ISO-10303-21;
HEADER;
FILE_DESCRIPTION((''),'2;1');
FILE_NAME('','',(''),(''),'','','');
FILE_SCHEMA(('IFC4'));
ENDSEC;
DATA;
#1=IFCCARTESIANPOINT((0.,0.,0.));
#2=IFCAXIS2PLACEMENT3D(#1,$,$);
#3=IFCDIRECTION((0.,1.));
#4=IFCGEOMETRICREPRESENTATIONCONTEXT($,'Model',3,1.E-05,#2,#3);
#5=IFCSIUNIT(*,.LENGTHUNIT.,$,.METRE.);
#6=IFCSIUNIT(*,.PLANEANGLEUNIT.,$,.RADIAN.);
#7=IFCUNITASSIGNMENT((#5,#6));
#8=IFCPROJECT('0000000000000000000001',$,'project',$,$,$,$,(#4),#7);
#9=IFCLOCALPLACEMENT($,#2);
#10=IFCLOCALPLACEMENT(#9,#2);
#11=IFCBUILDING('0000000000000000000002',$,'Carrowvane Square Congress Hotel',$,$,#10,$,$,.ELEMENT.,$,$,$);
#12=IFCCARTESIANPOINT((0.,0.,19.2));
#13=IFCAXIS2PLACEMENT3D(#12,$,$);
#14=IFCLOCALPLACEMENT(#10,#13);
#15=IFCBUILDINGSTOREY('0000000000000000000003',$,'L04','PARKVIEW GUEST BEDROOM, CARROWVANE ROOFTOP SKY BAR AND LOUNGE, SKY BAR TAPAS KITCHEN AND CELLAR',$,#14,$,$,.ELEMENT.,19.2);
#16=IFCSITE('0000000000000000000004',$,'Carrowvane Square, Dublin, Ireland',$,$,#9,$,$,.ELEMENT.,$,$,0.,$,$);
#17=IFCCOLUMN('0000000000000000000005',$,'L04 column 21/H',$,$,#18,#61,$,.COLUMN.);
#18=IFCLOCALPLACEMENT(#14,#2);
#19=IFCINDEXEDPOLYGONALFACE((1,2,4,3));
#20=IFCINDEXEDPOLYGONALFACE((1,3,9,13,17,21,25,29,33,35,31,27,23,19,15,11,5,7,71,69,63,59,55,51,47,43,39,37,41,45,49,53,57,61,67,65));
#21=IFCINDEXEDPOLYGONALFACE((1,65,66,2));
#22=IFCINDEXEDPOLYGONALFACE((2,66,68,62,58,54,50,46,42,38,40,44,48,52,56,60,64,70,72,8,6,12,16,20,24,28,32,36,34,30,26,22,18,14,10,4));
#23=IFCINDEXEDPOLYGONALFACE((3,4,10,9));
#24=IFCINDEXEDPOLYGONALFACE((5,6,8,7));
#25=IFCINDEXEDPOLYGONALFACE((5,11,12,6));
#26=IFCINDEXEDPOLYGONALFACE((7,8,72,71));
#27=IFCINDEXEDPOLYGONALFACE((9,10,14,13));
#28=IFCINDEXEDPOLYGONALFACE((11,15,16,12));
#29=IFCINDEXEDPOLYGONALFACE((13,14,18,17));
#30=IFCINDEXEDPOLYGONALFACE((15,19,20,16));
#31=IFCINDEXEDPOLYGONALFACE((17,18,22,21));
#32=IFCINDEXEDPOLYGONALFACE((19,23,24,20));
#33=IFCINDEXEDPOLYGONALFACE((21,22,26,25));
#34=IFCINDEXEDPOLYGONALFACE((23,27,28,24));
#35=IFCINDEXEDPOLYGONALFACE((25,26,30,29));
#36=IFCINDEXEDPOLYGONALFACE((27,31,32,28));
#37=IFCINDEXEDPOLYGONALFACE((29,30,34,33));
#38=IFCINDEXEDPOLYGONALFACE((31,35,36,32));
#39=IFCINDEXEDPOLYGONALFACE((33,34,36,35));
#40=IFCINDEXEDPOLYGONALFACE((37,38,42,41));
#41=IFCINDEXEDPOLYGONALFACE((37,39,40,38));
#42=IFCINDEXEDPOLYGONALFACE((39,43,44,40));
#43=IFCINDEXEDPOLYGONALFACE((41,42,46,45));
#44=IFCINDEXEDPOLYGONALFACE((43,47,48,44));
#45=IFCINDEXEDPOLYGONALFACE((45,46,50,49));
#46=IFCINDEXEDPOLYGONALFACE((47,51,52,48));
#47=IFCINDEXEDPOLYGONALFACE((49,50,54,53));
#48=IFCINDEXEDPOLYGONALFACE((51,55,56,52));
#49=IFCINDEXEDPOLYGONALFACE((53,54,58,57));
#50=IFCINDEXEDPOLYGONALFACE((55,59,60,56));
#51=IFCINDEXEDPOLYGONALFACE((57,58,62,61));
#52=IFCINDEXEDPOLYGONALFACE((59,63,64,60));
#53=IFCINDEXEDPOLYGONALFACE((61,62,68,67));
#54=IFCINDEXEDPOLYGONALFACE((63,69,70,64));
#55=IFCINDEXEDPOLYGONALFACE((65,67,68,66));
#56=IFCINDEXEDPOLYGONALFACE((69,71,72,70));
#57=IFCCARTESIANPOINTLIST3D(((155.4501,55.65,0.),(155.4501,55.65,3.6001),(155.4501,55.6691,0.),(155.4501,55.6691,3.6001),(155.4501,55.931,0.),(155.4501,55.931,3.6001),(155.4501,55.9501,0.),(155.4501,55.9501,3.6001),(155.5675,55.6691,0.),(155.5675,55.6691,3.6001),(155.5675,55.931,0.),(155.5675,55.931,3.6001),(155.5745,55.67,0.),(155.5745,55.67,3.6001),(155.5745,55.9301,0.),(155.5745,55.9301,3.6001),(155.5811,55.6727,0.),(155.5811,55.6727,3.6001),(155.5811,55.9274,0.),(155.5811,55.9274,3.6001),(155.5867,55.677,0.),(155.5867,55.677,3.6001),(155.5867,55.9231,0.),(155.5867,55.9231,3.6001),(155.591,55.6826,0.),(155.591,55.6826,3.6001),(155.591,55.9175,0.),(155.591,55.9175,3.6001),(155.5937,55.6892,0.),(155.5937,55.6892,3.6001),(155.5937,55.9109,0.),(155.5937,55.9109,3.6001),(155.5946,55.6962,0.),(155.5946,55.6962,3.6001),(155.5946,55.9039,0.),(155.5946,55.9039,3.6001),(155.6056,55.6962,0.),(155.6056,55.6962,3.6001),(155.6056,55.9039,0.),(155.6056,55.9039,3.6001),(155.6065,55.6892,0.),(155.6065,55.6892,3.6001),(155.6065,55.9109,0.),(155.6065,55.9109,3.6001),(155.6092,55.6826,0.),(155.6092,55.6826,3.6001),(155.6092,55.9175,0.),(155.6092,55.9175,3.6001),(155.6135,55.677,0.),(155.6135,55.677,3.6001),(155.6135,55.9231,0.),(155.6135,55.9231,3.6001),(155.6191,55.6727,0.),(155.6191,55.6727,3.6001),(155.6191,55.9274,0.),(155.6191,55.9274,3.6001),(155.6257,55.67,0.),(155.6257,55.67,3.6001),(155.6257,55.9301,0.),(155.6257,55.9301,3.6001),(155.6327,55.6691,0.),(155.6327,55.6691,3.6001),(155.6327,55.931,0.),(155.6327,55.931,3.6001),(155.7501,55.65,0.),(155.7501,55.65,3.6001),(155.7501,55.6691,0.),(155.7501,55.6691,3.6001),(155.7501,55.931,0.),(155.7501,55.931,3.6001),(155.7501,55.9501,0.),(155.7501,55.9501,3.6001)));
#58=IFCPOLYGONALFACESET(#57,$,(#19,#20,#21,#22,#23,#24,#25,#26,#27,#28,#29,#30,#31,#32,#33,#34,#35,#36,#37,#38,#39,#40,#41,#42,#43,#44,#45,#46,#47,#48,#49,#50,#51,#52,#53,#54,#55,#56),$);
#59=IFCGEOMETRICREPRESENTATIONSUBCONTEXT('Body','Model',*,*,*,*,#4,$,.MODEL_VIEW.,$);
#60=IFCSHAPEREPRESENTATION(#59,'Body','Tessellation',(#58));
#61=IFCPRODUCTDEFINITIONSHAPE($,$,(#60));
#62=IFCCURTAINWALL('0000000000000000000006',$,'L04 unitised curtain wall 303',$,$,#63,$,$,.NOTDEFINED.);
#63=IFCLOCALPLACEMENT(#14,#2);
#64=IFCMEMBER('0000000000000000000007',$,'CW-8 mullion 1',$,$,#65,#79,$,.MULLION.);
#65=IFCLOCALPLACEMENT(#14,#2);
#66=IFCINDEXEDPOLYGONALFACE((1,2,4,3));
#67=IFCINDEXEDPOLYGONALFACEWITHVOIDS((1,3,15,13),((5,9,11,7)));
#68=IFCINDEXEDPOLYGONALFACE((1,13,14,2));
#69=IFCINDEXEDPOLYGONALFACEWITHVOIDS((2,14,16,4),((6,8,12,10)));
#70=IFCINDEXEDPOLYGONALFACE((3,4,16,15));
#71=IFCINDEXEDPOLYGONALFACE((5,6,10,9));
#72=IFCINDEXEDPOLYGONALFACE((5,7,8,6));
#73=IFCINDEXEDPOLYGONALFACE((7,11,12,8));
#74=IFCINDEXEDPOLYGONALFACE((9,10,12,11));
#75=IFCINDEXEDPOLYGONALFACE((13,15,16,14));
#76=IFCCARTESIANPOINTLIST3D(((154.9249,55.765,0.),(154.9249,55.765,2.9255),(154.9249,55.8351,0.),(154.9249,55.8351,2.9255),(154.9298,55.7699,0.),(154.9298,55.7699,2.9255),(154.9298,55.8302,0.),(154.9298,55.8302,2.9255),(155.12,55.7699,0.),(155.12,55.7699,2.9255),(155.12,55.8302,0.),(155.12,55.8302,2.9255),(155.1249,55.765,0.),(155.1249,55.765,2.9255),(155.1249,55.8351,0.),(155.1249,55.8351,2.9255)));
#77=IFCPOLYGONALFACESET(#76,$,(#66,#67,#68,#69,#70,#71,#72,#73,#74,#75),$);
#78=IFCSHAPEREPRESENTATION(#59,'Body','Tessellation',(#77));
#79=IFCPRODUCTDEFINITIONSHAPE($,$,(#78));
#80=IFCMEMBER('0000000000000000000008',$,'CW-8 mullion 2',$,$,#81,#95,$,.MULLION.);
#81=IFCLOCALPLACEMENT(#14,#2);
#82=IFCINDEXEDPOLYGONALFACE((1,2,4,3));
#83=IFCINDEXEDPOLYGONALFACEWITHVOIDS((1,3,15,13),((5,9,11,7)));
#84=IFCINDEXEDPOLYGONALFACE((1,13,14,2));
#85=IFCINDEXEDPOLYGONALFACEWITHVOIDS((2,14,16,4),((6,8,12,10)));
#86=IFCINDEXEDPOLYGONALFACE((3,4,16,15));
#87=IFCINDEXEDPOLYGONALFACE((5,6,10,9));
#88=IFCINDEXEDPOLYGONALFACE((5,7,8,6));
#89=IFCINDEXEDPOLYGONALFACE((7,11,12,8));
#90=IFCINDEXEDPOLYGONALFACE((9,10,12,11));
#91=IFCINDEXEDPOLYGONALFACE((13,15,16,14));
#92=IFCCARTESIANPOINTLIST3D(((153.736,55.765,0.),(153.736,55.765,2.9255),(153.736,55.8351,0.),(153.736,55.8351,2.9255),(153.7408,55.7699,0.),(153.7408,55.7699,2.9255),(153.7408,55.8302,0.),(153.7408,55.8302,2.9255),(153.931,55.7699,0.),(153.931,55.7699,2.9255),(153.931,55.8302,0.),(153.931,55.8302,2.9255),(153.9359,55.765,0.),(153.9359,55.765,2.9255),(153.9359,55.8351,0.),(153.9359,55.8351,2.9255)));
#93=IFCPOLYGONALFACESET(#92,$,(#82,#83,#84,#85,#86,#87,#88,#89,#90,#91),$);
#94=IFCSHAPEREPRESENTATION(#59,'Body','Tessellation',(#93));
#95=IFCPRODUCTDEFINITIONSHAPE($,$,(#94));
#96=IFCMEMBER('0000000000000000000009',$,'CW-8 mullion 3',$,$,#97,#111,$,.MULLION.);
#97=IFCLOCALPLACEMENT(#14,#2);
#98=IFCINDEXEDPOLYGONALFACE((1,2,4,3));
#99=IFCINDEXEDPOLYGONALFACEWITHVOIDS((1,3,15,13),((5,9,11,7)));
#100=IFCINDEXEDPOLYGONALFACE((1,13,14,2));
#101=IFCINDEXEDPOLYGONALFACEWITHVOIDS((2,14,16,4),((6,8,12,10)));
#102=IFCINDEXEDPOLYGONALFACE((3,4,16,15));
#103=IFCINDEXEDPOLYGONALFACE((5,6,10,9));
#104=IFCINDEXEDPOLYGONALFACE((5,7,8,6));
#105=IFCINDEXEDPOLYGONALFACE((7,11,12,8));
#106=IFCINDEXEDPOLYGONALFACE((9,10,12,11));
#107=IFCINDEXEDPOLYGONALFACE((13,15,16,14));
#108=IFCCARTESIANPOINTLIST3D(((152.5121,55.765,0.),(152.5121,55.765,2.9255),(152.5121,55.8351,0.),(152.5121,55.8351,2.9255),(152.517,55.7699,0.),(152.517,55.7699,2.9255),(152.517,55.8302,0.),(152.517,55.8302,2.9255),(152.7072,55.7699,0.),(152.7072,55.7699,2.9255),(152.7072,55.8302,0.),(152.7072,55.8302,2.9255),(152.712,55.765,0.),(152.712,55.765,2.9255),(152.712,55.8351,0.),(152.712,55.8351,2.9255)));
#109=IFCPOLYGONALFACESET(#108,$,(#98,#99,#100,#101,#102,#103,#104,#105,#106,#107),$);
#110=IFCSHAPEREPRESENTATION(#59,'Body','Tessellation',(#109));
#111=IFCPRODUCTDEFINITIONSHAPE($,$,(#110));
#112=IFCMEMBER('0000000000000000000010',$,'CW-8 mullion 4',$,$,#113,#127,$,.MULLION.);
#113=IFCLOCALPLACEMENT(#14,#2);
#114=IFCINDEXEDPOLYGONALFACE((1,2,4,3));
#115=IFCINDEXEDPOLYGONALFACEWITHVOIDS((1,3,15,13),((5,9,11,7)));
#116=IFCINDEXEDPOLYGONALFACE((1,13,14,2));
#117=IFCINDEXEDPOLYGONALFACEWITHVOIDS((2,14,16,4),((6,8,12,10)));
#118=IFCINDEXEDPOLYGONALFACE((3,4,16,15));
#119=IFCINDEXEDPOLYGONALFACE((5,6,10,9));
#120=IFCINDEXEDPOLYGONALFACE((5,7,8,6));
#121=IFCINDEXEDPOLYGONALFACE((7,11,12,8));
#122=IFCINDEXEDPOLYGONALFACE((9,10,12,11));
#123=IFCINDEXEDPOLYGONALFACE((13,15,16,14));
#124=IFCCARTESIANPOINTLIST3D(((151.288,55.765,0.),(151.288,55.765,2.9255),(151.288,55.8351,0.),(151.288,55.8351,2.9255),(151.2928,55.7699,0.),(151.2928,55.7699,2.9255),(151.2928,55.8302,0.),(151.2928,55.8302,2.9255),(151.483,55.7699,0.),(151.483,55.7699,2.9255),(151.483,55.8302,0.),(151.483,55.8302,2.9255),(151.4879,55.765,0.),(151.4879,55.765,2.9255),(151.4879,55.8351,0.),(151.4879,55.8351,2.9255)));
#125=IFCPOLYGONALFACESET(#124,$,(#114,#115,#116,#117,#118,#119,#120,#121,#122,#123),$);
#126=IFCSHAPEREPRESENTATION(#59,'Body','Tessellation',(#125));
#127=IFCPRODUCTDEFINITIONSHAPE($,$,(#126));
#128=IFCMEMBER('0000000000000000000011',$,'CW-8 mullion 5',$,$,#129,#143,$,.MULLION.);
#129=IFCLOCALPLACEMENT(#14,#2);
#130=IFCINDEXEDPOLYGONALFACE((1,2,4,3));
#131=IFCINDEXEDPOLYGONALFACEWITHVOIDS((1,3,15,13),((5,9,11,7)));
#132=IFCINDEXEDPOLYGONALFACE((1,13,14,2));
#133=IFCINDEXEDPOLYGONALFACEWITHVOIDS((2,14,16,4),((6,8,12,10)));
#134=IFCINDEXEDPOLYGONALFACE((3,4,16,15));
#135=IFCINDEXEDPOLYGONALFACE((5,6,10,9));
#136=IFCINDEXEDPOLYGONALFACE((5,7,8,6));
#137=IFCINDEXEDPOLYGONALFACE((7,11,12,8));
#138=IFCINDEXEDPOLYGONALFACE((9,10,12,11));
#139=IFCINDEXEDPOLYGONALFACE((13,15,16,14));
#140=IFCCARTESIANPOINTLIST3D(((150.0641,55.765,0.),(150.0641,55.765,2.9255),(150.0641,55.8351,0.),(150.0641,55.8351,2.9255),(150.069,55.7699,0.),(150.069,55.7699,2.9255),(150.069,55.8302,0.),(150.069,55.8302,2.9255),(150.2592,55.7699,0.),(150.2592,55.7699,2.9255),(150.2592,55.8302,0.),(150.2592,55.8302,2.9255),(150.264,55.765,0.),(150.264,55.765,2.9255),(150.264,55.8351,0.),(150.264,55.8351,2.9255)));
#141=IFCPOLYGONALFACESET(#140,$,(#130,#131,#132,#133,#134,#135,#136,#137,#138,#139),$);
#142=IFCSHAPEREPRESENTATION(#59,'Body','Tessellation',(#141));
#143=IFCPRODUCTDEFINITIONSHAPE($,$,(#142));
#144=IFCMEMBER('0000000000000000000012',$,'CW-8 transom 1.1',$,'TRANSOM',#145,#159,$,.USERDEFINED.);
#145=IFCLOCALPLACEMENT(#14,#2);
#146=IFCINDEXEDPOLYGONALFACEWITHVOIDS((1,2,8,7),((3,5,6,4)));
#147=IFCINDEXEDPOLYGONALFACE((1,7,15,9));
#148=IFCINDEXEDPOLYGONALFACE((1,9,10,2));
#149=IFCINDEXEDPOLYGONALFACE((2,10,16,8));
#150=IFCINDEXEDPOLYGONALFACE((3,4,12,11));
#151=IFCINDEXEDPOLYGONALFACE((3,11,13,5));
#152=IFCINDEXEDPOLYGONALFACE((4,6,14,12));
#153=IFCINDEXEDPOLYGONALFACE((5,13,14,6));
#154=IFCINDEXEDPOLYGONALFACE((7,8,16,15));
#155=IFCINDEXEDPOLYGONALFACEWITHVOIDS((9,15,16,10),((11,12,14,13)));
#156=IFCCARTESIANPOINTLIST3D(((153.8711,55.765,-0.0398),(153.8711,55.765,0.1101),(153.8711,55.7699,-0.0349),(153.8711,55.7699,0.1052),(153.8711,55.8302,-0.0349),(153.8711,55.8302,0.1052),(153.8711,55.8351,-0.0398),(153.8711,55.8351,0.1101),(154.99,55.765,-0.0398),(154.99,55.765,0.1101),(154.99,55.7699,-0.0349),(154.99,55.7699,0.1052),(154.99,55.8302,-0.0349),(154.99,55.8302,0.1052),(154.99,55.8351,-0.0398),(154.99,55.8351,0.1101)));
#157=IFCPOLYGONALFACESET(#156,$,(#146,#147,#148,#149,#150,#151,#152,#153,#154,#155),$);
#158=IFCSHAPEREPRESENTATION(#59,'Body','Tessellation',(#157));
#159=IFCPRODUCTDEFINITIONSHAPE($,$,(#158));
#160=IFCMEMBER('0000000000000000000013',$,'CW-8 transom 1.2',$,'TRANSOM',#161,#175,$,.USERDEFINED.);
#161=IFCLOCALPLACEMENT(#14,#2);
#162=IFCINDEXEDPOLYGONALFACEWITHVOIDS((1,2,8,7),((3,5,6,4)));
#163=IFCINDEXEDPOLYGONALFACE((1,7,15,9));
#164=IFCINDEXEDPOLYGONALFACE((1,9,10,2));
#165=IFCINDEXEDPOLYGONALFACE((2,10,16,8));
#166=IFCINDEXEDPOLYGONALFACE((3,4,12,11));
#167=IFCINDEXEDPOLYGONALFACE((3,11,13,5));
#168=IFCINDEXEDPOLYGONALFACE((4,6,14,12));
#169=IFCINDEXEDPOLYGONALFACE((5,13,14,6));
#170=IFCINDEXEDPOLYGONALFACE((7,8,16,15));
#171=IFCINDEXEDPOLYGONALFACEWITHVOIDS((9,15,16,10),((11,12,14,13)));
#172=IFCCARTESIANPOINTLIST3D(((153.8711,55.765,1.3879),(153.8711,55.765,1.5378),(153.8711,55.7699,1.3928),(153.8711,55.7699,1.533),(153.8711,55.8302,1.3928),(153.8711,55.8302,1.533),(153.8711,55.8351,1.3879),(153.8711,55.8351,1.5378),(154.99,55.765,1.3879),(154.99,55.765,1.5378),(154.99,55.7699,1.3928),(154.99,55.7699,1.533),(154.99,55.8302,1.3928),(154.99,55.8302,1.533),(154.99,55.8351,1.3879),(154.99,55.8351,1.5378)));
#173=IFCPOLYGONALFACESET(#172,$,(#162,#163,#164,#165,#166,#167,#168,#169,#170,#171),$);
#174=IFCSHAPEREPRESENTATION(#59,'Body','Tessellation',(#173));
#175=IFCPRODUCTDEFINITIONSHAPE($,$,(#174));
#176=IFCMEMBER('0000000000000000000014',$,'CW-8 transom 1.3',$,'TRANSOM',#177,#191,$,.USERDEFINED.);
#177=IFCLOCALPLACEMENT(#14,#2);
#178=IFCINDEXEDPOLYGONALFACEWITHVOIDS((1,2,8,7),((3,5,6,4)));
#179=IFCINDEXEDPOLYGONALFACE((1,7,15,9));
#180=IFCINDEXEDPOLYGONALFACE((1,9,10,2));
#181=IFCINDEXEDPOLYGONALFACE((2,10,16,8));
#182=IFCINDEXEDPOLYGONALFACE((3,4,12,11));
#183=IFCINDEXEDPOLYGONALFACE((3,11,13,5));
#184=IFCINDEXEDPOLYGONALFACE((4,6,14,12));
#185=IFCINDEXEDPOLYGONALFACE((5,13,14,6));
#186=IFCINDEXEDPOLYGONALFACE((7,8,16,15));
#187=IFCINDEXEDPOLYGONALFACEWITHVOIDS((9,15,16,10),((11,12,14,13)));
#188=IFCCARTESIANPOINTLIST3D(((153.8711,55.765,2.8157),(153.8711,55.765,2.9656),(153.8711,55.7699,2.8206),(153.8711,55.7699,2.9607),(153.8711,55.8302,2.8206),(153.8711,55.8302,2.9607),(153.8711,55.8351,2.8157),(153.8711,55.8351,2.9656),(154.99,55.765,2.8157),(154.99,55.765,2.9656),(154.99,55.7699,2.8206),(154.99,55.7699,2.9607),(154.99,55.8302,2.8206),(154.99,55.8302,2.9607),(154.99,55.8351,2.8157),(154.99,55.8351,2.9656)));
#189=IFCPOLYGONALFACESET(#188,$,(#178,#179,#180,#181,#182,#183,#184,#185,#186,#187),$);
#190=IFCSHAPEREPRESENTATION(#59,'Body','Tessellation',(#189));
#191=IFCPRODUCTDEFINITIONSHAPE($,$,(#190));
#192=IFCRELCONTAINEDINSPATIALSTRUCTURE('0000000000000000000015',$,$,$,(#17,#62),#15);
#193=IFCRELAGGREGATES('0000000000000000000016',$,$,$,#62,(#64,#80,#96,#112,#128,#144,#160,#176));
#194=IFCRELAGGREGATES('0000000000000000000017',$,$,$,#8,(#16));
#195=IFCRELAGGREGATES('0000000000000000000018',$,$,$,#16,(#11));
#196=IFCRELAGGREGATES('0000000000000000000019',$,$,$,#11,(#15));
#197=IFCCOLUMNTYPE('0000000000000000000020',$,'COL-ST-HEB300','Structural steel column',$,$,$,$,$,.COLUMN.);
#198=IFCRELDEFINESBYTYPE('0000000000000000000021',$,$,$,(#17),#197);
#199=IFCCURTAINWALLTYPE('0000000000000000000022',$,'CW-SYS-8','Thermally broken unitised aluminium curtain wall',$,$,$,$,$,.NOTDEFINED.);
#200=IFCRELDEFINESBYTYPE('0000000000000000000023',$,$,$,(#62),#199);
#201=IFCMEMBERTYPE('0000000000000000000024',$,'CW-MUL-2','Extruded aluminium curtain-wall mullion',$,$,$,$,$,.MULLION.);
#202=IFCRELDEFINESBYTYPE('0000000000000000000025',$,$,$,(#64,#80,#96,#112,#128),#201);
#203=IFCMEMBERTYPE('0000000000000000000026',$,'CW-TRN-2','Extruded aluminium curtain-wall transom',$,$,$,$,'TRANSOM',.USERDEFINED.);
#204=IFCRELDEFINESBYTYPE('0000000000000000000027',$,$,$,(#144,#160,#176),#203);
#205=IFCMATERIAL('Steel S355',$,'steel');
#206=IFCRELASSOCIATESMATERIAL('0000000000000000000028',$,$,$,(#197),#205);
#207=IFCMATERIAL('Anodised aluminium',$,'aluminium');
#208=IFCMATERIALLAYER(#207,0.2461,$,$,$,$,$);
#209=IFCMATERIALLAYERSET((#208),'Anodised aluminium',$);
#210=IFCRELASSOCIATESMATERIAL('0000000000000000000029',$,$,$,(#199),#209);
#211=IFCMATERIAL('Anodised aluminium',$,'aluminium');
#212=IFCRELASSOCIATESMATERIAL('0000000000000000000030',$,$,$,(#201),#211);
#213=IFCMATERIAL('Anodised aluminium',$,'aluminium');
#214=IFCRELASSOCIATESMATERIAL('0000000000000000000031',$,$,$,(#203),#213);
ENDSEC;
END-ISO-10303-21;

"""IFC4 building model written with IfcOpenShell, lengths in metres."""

from ifc_helpers import new_model, si_unit, direction, frame, origin, origin_2d, place, context, subcontext, project, spatial, hollow_rectangle, i_section, extrude, material, layer, layer_set, material_profile, profile_set, type_object, element, aggregate, save


model = new_model("IFC4")

# Units and contexts
model_context = context("Model", 3, precision=1e-05, world=origin(), true_north=direction((0.0, 1.0)))
body_context = subcontext(model_context, "Body", "Model", "MODEL_VIEW")
ifc_project = project(units=[si_unit("LENGTHUNIT", "METRE"), si_unit("PLANEANGLEUNIT", "RADIAN")], contexts=[model_context])

# Site, building, storey
site_placement = place(None, origin())
site = spatial("IfcSite", under=ifc_project, at=site_placement, Name="Carrowvane Square, Dublin, Ireland", CompositionType="ELEMENT", RefElevation=0.0)
building_placement = place(site_placement, origin())
building = spatial("IfcBuilding", under=site, at=building_placement, Name="Carrowvane Square Congress Hotel", CompositionType="ELEMENT")
storey_placement = place(building_placement, frame((0.0, 0.0, 19.2)))
storey = spatial("IfcBuildingStorey", under=building, at=storey_placement, Name="L04", Description="PARKVIEW GUEST BEDROOM, CARROWVANE ROOFTOP SKY BAR AND LOUNGE, SKY BAR TAPAS KITCHEN AND CELLAR", CompositionType="ELEMENT", Elevation=19.2)

# Column
ifc_material_1 = material(Name="Steel S355", Category="steel")
ifc_material_profile_1 = material_profile(ifc_material_1, i_section(OverallWidth=0.3, OverallDepth=0.3, WebThickness=0.011, FlangeThickness=0.019, FilletRadius=0.0271, at=origin_2d()), Name="HEB 300")
ifc_profile_set_1 = profile_set([ifc_material_profile_1], Name="Steel S355")
column_type = type_object("IfcColumnType", Name="COL-ST-HEB300", Description="Structural steel column", PredefinedType="COLUMN", material=ifc_profile_set_1)
column_placement = place(storey_placement, frame((155.6001, 55.8, 0.0), z_axis=(0.0, 0.0, 1.0), x_axis=(1.0, 0.0, 0.0)))
element("IfcColumn", 1, at=column_placement, inside=storey, type_object=column_type, Name="L04 column 21/H", PredefinedType="COLUMN", context=body_context, shape_type="SweptSolid", body=[
    extrude(i_section(OverallWidth=0.3, OverallDepth=0.3, WebThickness=0.011, FlangeThickness=0.019, FilletRadius=0.0271, at=origin_2d()), origin(), (0.0, 0.0, 1.0), 3.6001),
])

# Curtain wall, members
ifc_material_2 = material(Name="Anodised aluminium", Category="aluminium")
ifc_layer_1 = layer(ifc_material_2, 0.2461)
ifc_layer_set_1 = layer_set([ifc_layer_1], Name="Anodised aluminium")
curtain_wall_type = type_object("IfcCurtainWallType", Name="CW-SYS-8", Description="Thermally broken unitised aluminium curtain wall", PredefinedType="NOTDEFINED", material=ifc_layer_set_1)
curtain_wall_placement = place(storey_placement, origin())
curtain_wall = element("IfcCurtainWall", 2, at=curtain_wall_placement, inside=storey, type_object=curtain_wall_type, Name="L04 unitised curtain wall 303", PredefinedType="NOTDEFINED")
ifc_material_3 = material(Name="Anodised aluminium", Category="aluminium")
ifc_material_profile_2 = material_profile(ifc_material_3, hollow_rectangle(XDim=0.0701, YDim=0.2, WallThickness=0.0049, at=origin_2d()), Name="CW-ML 70x200x5")
ifc_profile_set_2 = profile_set([ifc_material_profile_2], Name="Anodised aluminium")
member_type_1 = type_object("IfcMemberType", Name="CW-MUL-2", Description="Extruded aluminium curtain-wall mullion", PredefinedType="MULLION", material=ifc_profile_set_2)
member_1_placement = place(storey_placement, frame((155.0249, 55.8, 0.0), z_axis=(0.0, 0.0, 1.0), x_axis=(0.0, -1.0, 0.0)))
member_1 = element("IfcMember", 3, at=member_1_placement, type_object=member_type_1, Name="CW-8 mullion 1", PredefinedType="MULLION", context=body_context, shape_type="SweptSolid", body=[
    extrude(hollow_rectangle(XDim=0.0701, YDim=0.2, WallThickness=0.0049, at=origin_2d()), origin(), (0.0, 0.0, 1.0), 2.9255),
])
member_2_placement = place(storey_placement, frame((153.8359, 55.8, 0.0), z_axis=(0.0, 0.0, 1.0), x_axis=(0.0, -1.0, 0.0)))
member_2 = element("IfcMember", 4, at=member_2_placement, type_object=member_type_1, Name="CW-8 mullion 2", PredefinedType="MULLION", context=body_context, shape_type="SweptSolid", body=[
    extrude(hollow_rectangle(XDim=0.0701, YDim=0.2, WallThickness=0.0049, at=origin_2d()), origin(), (0.0, 0.0, 1.0), 2.9255),
])
member_3_placement = place(storey_placement, frame((152.6121, 55.8, 0.0), z_axis=(0.0, 0.0, 1.0), x_axis=(0.0, -1.0, 0.0)))
member_3 = element("IfcMember", 5, at=member_3_placement, type_object=member_type_1, Name="CW-8 mullion 3", PredefinedType="MULLION", context=body_context, shape_type="SweptSolid", body=[
    extrude(hollow_rectangle(XDim=0.0701, YDim=0.2, WallThickness=0.0049, at=origin_2d()), origin(), (0.0, 0.0, 1.0), 2.9255),
])
member_4_placement = place(storey_placement, frame((151.3879, 55.8, 0.0), z_axis=(0.0, 0.0, 1.0), x_axis=(0.0, -1.0, 0.0)))
member_4 = element("IfcMember", 6, at=member_4_placement, type_object=member_type_1, Name="CW-8 mullion 4", PredefinedType="MULLION", context=body_context, shape_type="SweptSolid", body=[
    extrude(hollow_rectangle(XDim=0.0701, YDim=0.2, WallThickness=0.0049, at=origin_2d()), origin(), (0.0, 0.0, 1.0), 2.9255),
])
member_5_placement = place(storey_placement, frame((150.1641, 55.8, 0.0), z_axis=(0.0, 0.0, 1.0), x_axis=(0.0, -1.0, 0.0)))
member_5 = element("IfcMember", 7, at=member_5_placement, type_object=member_type_1, Name="CW-8 mullion 5", PredefinedType="MULLION", context=body_context, shape_type="SweptSolid", body=[
    extrude(hollow_rectangle(XDim=0.0701, YDim=0.2, WallThickness=0.0049, at=origin_2d()), origin(), (0.0, 0.0, 1.0), 2.9255),
])
ifc_material_4 = material(Name="Anodised aluminium", Category="aluminium")
ifc_material_profile_3 = material_profile(ifc_material_4, hollow_rectangle(XDim=0.0701, YDim=0.1499, WallThickness=0.0049, at=origin_2d()), Name="CW-TR 70x150x5")
ifc_profile_set_3 = profile_set([ifc_material_profile_3], Name="Anodised aluminium")
member_type_2 = type_object("IfcMemberType", Name="CW-TRN-2", Description="Extruded aluminium curtain-wall transom", ElementType="TRANSOM", PredefinedType="USERDEFINED", material=ifc_profile_set_3)
member_6_placement = place(storey_placement, frame((154.99, 55.8, 0.0352), z_axis=(-1.0, 0.0, 0.0), x_axis=(0.0, -1.0, 0.0)))
member_6 = element("IfcMember", 8, at=member_6_placement, type_object=member_type_2, Name="CW-8 transom 1.1", ObjectType="TRANSOM", PredefinedType="USERDEFINED", context=body_context, shape_type="SweptSolid", body=[
    extrude(hollow_rectangle(XDim=0.0701, YDim=0.1499, WallThickness=0.0049, at=origin_2d()), origin(), (0.0, 0.0, 1.0), 1.1189),
])
member_7_placement = place(storey_placement, frame((154.99, 55.8, 1.4629), z_axis=(-1.0, 0.0, 0.0), x_axis=(0.0, -1.0, 0.0)))
member_7 = element("IfcMember", 9, at=member_7_placement, type_object=member_type_2, Name="CW-8 transom 1.2", ObjectType="TRANSOM", PredefinedType="USERDEFINED", context=body_context, shape_type="SweptSolid", body=[
    extrude(hollow_rectangle(XDim=0.0701, YDim=0.1499, WallThickness=0.0049, at=origin_2d()), origin(), (0.0, 0.0, 1.0), 1.1189),
])
member_8_placement = place(storey_placement, frame((154.99, 55.8, 2.8906), z_axis=(-1.0, 0.0, 0.0), x_axis=(0.0, -1.0, 0.0)))
member_8 = element("IfcMember", 10, at=member_8_placement, type_object=member_type_2, Name="CW-8 transom 1.3", ObjectType="TRANSOM", PredefinedType="USERDEFINED", context=body_context, shape_type="SweptSolid", body=[
    extrude(hollow_rectangle(XDim=0.0701, YDim=0.1499, WallThickness=0.0049, at=origin_2d()), origin(), (0.0, 0.0, 1.0), 1.1189),
])
aggregate(curtain_wall, [member_1, member_2, member_3, member_4, member_5, member_6, member_7, member_8])

save(model, "model.ifc")
